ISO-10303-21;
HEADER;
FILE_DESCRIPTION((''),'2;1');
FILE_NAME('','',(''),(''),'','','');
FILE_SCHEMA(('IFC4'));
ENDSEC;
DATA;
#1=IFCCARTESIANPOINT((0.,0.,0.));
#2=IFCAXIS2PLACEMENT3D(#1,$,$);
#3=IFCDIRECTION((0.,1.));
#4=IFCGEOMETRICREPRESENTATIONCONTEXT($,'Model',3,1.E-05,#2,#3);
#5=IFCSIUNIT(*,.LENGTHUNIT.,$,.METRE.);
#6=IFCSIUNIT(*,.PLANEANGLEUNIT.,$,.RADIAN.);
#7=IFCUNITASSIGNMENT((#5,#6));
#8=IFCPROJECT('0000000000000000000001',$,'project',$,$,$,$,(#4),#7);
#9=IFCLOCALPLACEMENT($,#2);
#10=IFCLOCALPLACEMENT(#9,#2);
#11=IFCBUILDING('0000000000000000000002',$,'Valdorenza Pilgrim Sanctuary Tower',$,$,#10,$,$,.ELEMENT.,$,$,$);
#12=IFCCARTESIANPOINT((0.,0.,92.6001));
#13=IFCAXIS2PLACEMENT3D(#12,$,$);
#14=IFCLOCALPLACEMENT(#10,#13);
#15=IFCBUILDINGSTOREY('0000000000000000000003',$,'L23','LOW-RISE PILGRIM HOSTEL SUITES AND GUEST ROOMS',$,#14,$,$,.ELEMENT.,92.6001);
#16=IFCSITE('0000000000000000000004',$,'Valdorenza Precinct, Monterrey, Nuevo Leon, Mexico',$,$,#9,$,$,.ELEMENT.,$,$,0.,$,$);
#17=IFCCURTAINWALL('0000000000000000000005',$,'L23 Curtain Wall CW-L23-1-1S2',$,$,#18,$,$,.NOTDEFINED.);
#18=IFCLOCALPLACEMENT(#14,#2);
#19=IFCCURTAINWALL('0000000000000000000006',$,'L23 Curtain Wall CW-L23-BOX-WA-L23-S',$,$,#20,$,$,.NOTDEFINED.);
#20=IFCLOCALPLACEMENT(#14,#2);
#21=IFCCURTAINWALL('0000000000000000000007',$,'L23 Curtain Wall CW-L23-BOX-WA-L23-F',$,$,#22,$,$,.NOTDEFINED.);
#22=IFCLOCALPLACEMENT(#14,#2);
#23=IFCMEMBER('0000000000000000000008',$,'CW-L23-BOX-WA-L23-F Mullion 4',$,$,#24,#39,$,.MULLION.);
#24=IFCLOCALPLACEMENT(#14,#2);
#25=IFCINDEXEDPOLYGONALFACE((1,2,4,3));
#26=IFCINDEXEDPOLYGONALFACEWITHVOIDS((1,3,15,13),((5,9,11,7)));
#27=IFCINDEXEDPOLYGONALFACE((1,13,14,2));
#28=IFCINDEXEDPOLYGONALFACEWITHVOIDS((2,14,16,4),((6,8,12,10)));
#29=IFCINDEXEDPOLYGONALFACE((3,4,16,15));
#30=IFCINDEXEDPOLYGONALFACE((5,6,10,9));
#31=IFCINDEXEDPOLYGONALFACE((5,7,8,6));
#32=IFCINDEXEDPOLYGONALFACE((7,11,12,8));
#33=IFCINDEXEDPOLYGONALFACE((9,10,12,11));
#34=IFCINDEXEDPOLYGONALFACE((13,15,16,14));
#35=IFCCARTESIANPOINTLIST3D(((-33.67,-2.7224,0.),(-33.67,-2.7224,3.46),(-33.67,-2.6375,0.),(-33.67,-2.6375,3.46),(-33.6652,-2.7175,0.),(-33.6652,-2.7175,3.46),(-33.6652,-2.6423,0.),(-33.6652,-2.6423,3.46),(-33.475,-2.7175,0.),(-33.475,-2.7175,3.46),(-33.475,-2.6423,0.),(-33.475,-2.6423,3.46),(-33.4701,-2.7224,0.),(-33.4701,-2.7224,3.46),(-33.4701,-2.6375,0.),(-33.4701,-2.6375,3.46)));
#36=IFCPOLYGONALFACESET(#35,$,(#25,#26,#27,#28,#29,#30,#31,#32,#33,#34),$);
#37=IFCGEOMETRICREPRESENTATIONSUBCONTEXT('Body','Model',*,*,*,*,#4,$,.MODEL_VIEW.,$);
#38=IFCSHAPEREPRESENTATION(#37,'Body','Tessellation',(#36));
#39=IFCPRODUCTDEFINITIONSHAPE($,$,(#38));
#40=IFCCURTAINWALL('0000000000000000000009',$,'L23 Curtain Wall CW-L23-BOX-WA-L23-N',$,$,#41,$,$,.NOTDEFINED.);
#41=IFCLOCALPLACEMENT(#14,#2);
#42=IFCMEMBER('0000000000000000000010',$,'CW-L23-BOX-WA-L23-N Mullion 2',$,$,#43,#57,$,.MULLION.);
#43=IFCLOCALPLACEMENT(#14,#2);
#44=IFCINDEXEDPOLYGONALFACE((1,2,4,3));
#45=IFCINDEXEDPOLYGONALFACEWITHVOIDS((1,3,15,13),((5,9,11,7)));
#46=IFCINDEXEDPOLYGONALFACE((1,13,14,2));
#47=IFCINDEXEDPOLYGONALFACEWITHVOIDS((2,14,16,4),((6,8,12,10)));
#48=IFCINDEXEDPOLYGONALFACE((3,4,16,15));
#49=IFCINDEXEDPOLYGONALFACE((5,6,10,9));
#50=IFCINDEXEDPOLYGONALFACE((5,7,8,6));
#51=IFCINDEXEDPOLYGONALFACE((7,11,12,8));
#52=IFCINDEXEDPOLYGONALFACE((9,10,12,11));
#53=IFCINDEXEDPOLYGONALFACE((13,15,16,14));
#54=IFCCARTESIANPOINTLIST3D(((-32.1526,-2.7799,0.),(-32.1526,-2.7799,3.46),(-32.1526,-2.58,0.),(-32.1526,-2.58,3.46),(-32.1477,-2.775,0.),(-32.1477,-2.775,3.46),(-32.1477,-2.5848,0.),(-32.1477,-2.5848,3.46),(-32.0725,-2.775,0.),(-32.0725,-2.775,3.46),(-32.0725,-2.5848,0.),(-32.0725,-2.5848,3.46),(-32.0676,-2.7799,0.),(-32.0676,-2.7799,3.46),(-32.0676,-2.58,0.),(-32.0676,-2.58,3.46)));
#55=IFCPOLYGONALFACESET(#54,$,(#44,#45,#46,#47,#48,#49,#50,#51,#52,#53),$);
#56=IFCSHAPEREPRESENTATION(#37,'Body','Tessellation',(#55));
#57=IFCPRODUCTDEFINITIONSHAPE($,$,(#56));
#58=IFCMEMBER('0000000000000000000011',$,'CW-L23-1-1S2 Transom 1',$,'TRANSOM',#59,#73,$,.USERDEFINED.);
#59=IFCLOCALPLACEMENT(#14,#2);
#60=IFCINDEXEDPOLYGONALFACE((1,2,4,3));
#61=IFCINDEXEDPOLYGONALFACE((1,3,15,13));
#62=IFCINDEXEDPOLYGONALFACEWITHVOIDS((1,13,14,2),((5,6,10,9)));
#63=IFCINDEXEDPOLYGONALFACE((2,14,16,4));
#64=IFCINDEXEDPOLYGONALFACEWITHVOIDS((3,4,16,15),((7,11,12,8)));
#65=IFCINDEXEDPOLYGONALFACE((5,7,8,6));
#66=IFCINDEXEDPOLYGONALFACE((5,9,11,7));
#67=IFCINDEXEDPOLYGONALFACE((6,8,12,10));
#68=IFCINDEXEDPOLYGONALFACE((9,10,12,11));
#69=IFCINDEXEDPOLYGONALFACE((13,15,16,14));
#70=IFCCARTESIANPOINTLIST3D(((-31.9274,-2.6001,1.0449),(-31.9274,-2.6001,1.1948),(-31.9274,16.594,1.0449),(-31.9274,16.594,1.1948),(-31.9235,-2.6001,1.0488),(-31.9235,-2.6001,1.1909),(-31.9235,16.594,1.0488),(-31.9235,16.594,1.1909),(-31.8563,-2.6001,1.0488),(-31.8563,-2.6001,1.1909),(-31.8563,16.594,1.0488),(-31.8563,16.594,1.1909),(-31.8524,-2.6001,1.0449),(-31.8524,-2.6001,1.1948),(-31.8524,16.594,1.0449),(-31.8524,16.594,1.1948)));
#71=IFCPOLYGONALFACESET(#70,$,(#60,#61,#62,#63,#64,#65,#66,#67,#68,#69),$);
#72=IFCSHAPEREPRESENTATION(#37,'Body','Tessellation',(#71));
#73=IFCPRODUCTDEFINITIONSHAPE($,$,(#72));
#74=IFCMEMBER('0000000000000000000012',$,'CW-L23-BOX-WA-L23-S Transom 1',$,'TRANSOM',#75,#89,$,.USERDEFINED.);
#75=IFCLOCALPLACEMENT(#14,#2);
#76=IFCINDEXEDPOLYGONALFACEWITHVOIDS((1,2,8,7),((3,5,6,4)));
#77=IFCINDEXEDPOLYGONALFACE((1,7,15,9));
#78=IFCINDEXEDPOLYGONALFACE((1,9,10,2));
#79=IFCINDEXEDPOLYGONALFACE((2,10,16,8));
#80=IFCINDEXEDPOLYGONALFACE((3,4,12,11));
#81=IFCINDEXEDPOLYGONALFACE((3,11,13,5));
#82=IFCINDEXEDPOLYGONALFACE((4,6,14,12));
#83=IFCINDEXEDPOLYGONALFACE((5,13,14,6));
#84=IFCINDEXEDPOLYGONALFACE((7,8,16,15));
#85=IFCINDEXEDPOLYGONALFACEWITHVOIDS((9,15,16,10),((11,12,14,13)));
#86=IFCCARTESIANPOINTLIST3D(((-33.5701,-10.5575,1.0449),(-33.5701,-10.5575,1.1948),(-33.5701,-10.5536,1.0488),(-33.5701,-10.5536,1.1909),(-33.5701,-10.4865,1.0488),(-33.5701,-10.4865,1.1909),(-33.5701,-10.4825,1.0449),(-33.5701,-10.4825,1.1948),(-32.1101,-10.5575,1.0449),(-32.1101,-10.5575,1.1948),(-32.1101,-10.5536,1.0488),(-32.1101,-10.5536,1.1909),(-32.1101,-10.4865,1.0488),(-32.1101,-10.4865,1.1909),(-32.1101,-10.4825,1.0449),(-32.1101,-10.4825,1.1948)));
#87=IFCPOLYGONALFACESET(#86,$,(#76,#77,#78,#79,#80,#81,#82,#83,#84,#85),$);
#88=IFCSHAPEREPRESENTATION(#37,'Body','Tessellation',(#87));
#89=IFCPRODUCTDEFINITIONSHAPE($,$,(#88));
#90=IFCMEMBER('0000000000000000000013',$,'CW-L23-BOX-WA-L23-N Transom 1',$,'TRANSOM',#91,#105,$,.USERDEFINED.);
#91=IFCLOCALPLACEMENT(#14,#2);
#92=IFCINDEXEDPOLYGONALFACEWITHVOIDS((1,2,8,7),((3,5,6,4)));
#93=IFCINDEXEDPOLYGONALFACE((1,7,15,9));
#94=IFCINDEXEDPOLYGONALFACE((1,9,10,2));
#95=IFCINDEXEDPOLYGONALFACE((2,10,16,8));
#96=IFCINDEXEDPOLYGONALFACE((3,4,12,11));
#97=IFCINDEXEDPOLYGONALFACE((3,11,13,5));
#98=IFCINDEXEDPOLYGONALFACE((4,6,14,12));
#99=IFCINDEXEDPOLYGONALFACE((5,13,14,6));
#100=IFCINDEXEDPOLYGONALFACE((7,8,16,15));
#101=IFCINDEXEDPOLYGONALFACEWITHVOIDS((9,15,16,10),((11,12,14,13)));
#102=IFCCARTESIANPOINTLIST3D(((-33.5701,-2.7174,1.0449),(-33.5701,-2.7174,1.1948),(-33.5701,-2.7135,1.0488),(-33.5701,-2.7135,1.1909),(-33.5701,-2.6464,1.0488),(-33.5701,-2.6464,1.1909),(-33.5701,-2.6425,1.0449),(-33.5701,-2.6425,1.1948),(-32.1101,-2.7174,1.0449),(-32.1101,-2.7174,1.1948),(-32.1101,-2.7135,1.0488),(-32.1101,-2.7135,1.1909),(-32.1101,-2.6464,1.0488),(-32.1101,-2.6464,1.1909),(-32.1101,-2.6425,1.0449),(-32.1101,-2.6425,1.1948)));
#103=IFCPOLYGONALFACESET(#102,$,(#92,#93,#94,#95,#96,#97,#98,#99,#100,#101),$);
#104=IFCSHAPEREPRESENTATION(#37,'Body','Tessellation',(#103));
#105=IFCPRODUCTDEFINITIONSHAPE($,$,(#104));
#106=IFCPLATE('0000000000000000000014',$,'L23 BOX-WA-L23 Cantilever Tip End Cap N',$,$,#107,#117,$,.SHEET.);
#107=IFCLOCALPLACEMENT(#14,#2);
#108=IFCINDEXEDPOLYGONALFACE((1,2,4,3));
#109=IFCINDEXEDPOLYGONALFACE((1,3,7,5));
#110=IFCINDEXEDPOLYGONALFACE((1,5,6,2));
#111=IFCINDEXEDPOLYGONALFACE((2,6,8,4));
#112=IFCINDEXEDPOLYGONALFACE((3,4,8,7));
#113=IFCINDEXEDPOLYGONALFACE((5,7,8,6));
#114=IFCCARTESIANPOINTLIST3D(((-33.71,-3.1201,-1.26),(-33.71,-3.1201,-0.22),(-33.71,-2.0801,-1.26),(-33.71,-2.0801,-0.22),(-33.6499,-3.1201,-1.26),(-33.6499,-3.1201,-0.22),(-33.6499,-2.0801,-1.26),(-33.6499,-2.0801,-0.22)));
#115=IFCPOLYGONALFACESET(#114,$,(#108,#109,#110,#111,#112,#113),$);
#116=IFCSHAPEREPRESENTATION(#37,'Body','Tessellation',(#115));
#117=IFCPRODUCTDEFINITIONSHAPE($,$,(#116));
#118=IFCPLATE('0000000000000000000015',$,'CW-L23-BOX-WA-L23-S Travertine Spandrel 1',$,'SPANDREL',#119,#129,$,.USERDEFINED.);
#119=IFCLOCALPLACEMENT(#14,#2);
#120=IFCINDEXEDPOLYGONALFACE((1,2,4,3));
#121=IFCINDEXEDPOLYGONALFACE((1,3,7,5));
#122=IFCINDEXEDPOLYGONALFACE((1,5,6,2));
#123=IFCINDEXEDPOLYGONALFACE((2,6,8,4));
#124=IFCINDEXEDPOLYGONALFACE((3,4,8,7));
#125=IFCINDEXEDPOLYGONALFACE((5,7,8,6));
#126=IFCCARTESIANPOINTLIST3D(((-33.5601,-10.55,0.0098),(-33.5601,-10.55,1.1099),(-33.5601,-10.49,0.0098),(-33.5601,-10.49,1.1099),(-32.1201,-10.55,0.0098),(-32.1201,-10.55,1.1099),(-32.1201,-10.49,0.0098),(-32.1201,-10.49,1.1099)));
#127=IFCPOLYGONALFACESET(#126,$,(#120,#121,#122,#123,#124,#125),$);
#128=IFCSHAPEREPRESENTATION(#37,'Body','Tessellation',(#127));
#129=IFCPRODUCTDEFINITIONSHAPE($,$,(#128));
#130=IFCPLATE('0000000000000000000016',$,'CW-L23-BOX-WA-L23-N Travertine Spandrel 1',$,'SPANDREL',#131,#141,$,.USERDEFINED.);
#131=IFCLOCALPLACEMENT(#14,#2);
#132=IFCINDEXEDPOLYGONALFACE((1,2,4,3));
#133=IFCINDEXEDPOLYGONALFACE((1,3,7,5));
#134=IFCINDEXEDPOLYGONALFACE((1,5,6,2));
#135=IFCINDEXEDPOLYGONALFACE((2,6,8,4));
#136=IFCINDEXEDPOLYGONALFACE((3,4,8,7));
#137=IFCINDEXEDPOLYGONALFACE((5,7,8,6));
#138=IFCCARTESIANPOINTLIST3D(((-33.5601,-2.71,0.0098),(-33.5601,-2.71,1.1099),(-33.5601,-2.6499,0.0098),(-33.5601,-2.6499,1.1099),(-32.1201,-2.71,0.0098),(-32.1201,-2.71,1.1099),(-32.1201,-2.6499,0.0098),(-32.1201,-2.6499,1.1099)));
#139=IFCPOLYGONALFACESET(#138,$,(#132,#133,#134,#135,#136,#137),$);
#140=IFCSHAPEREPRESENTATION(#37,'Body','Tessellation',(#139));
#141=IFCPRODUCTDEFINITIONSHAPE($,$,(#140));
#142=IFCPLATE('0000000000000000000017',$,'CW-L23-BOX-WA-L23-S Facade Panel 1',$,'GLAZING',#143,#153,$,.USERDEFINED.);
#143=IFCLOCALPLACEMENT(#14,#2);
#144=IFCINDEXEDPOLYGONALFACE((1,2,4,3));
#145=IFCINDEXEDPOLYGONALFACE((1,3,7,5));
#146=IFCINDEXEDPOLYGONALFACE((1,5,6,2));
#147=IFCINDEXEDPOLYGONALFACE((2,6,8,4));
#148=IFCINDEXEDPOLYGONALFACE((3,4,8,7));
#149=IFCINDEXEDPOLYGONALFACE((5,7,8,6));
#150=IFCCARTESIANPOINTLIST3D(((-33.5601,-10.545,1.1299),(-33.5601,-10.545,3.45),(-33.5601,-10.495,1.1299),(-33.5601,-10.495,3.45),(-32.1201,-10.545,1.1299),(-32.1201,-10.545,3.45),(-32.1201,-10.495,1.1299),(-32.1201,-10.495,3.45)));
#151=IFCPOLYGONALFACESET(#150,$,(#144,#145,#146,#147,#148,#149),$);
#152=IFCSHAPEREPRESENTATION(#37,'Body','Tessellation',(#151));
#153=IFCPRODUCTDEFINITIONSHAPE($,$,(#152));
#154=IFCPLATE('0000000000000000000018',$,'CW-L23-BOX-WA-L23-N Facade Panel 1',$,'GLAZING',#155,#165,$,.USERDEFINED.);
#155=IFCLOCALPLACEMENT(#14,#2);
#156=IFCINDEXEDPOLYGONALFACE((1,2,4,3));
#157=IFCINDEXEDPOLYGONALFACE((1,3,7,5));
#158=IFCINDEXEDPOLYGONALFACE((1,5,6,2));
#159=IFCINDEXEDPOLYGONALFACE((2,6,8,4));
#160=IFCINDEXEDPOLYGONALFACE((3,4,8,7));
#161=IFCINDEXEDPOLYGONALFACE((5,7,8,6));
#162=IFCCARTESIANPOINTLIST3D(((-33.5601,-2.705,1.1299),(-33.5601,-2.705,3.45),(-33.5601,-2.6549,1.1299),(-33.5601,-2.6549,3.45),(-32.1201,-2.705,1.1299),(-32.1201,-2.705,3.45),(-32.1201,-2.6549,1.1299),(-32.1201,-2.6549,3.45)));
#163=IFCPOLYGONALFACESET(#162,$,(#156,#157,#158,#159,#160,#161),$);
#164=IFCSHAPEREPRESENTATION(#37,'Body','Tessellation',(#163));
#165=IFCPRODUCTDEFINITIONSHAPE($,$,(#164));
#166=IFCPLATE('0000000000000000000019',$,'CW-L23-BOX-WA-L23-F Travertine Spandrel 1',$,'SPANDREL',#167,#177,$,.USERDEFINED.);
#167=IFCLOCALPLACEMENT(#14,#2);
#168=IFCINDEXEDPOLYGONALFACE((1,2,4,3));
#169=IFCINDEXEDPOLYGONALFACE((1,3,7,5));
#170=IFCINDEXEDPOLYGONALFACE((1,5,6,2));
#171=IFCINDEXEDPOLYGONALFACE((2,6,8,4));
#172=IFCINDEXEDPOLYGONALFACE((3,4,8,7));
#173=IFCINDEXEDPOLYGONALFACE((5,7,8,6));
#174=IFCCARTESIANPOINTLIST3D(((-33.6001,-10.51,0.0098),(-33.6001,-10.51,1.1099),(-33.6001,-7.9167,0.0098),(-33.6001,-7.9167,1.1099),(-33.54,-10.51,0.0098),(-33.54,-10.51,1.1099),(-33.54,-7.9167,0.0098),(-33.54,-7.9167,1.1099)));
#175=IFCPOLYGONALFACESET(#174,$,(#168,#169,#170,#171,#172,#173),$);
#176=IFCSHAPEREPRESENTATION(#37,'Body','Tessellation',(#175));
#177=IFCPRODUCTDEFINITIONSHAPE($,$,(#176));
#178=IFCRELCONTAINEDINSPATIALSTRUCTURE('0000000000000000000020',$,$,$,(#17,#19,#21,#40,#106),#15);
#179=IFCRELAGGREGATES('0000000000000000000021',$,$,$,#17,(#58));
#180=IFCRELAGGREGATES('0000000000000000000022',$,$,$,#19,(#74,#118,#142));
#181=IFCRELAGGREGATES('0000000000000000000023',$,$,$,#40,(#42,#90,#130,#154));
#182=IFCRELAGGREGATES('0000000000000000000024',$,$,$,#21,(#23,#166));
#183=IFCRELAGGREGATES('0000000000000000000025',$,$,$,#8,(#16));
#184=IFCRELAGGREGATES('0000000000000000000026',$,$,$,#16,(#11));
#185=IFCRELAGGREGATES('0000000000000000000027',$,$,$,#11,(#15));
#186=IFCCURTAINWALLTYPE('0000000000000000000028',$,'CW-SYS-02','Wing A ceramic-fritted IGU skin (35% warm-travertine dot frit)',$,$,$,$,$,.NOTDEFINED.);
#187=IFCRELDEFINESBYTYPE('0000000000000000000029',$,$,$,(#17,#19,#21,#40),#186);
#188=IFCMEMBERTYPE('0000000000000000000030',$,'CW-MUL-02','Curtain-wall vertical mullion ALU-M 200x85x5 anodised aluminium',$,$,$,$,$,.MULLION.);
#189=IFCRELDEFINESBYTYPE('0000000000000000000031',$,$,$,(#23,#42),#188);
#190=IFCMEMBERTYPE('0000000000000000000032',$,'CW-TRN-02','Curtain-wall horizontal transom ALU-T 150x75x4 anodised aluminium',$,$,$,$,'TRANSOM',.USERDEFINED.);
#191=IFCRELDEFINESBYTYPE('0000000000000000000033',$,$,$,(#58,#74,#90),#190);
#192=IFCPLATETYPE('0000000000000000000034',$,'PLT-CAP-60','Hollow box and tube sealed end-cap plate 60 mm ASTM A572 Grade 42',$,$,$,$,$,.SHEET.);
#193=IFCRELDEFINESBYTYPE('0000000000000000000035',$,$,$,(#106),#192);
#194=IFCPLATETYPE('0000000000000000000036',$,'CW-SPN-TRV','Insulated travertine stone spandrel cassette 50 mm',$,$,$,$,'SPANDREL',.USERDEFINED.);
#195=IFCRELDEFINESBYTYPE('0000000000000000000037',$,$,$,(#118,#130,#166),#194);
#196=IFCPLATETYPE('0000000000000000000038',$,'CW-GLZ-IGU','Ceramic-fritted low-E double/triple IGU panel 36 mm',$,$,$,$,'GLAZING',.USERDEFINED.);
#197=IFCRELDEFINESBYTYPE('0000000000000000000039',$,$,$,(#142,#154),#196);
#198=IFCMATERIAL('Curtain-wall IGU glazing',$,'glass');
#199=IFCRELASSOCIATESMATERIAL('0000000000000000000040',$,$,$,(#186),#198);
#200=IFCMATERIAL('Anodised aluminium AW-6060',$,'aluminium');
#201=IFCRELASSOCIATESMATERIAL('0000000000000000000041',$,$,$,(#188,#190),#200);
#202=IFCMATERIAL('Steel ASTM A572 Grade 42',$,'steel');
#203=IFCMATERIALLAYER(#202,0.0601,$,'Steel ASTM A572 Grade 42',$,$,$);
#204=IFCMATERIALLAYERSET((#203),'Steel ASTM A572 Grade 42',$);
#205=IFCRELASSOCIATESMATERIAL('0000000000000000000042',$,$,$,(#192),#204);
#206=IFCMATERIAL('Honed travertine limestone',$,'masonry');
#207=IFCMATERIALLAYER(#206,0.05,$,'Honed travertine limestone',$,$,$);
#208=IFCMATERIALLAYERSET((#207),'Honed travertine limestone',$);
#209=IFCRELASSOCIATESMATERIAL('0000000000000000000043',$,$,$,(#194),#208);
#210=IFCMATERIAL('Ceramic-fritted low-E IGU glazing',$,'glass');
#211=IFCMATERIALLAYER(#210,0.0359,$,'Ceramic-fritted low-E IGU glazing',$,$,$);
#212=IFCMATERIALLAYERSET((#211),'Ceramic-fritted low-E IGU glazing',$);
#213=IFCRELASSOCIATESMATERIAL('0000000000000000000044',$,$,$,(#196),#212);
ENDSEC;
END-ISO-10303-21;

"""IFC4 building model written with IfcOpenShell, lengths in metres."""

from ifc_helpers import new_model, si_unit, direction, frame, origin, origin_2d, place, context, subcontext, project, spatial, rectangle, hollow_rectangle, extrude, source, transform, mapped, material, layer, layer_set, material_profile, profile_set, type_object, element, aggregate, save


model = new_model("IFC4")

# Units and contexts
model_context = context("Model", 3, precision=1e-05, world=origin(), true_north=direction((0.0, 1.0)))
body_context = subcontext(model_context, "Body", "Model", "MODEL_VIEW")
ifc_project = project(units=[si_unit("LENGTHUNIT", "METRE"), si_unit("PLANEANGLEUNIT", "RADIAN")], contexts=[model_context])

# Site, building, storey
site_placement = place(None, origin())
site = spatial("IfcSite", under=ifc_project, at=site_placement, Name="Valdorenza Precinct, Monterrey, Nuevo Leon, Mexico", CompositionType="ELEMENT", RefElevation=0.0)
building_placement = place(site_placement, origin())
building = spatial("IfcBuilding", under=site, at=building_placement, Name="Valdorenza Pilgrim Sanctuary Tower", CompositionType="ELEMENT")
storey_placement = place(building_placement, frame((0.0, 0.0, 92.6001)))
storey = spatial("IfcBuildingStorey", under=building, at=storey_placement, Name="L23", Description="LOW-RISE PILGRIM HOSTEL SUITES AND GUEST ROOMS", CompositionType="ELEMENT", Elevation=92.6001)

# Shared definitions
ifc_material_1 = material(Name="Steel ASTM A572 Grade 42", Category="steel")

# Curtain walls
ifc_material_2 = material(Name="Curtain-wall IGU glazing", Category="glass")
curtain_wall_type = type_object("IfcCurtainWallType", Name="CW-SYS-02", Description="Wing A ceramic-fritted IGU skin (35% warm-travertine dot frit)", PredefinedType="NOTDEFINED", material=ifc_material_2)
curtain_wall_1_placement = place(storey_placement, origin())
curtain_wall_1 = element("IfcCurtainWall", 1, at=curtain_wall_1_placement, inside=storey, type_object=curtain_wall_type, Name="L23 Curtain Wall CW-L23-1-1S2", PredefinedType="NOTDEFINED")
ifc_material_3 = material(Name="Anodised aluminium AW-6060", Category="aluminium")
ifc_material_profile_1 = material_profile(ifc_material_3, hollow_rectangle(XDim=0.085, YDim=0.2, WallThickness=0.0049, at=origin_2d()), Name="ALU-M 200x85x5")
ifc_profile_set_1 = profile_set([ifc_material_profile_1], Name="Anodised aluminium AW-6060")
member_type_1 = type_object("IfcMemberType", Name="CW-MUL-02", Description="Curtain-wall vertical mullion ALU-M 200x85x5 anodised aluminium", PredefinedType="MULLION", material=ifc_profile_set_1)
shared_shape_1 = source(origin(), body_context, "Body", "SweptSolid", [
    extrude(hollow_rectangle(XDim=0.085, YDim=0.2, WallThickness=0.0049, at=origin_2d()), origin(), (0.0, 0.0, 1.0), 3.46),
])
curtain_wall_2_placement = place(storey_placement, origin())
curtain_wall_2 = element("IfcCurtainWall", 2, at=curtain_wall_2_placement, inside=storey, type_object=curtain_wall_type, Name="L23 Curtain Wall CW-L23-BOX-WA-L23-S", PredefinedType="NOTDEFINED")

# Curtain wall, member
curtain_wall_3_placement = place(storey_placement, origin())
curtain_wall_3 = element("IfcCurtainWall", 3, at=curtain_wall_3_placement, inside=storey, type_object=curtain_wall_type, Name="L23 Curtain Wall CW-L23-BOX-WA-L23-F", PredefinedType="NOTDEFINED")
member_1_placement = place(storey_placement, frame((-33.5701, -2.6799, 0.0), z_axis=(0.0, 0.0, 1.0), x_axis=(0.0, 1.0, 0.0)))
member_1 = element("IfcMember", 4, at=member_1_placement, type_object=member_type_1, Name="CW-L23-BOX-WA-L23-F Mullion 4", PredefinedType="MULLION", context=body_context, shape_type="MappedRepresentation", body=[
    mapped(shared_shape_1, transform((0.0, 0.0, 0.0), x_axis=(1.0, 0.0, 0.0), y_axis=(0.0, 1.0, 0.0), z_axis=(0.0, 0.0, 1.0), scale=1.0)),
])

# Curtain wall, member
curtain_wall_4_placement = place(storey_placement, origin())
curtain_wall_4 = element("IfcCurtainWall", 5, at=curtain_wall_4_placement, inside=storey, type_object=curtain_wall_type, Name="L23 Curtain Wall CW-L23-BOX-WA-L23-N", PredefinedType="NOTDEFINED")
member_2_placement = place(storey_placement, frame((-32.1101, -2.6799, 0.0), z_axis=(0.0, 0.0, 1.0), x_axis=(1.0, 0.0, 0.0)))
member_2 = element("IfcMember", 6, at=member_2_placement, type_object=member_type_1, Name="CW-L23-BOX-WA-L23-N Mullion 2", PredefinedType="MULLION", context=body_context, shape_type="MappedRepresentation", body=[
    mapped(shared_shape_1, transform((0.0, 0.0, 0.0), x_axis=(1.0, 0.0, 0.0), y_axis=(0.0, 1.0, 0.0), z_axis=(0.0, 0.0, 1.0), scale=1.0)),
])

# Members
ifc_material_profile_2 = material_profile(ifc_material_3, hollow_rectangle(XDim=0.075, YDim=0.1499, WallThickness=0.0039, at=origin_2d()), Name="ALU-T 150x75x4")
ifc_profile_set_2 = profile_set([ifc_material_profile_2], Name="Anodised aluminium AW-6060")
member_type_2 = type_object("IfcMemberType", Name="CW-TRN-02", Description="Curtain-wall horizontal transom ALU-T 150x75x4 anodised aluminium", ElementType="TRANSOM", PredefinedType="USERDEFINED", material=ifc_profile_set_2)
shared_shape_2 = source(origin(), body_context, "Body", "SweptSolid", [
    extrude(hollow_rectangle(XDim=0.075, YDim=0.1499, WallThickness=0.0039, at=origin_2d()), origin(), (0.0, 0.0, 1.0), 19.1941),
])
member_3_placement = place(storey_placement, frame((-31.8899, -2.6001, 1.1199), z_axis=(0.0, 1.0, 0.0), x_axis=(-1.0, 0.0, 0.0)))
member_3 = element("IfcMember", 7, at=member_3_placement, type_object=member_type_2, Name="CW-L23-1-1S2 Transom 1", ObjectType="TRANSOM", PredefinedType="USERDEFINED", context=body_context, shape_type="MappedRepresentation", body=[
    mapped(shared_shape_2, transform((0.0, 0.0, 0.0), x_axis=(1.0, 0.0, 0.0), y_axis=(0.0, 1.0, 0.0), z_axis=(0.0, 0.0, 1.0), scale=1.0)),
])
aggregate(curtain_wall_1, [member_3])
shared_shape_3 = source(origin(), body_context, "Body", "SweptSolid", [
    extrude(hollow_rectangle(XDim=0.075, YDim=0.1499, WallThickness=0.0039, at=origin_2d()), origin(), (0.0, 0.0, 1.0), 1.46),
])
member_4_placement = place(storey_placement, frame((-32.1101, -10.52, 1.1199), z_axis=(-1.0, 0.0, 0.0), x_axis=(0.0, -1.0, 0.0)))
member_4 = element("IfcMember", 8, at=member_4_placement, type_object=member_type_2, Name="CW-L23-BOX-WA-L23-S Transom 1", ObjectType="TRANSOM", PredefinedType="USERDEFINED", context=body_context, shape_type="MappedRepresentation", body=[
    mapped(shared_shape_3, transform((0.0, 0.0, 0.0), x_axis=(1.0, 0.0, 0.0), y_axis=(0.0, 1.0, 0.0), z_axis=(0.0, 0.0, 1.0), scale=1.0)),
])
member_5_placement = place(storey_placement, frame((-33.5701, -2.6799, 1.1199), z_axis=(1.0, 0.0, 0.0), x_axis=(0.0, 1.0, 0.0)))
member_5 = element("IfcMember", 9, at=member_5_placement, type_object=member_type_2, Name="CW-L23-BOX-WA-L23-N Transom 1", ObjectType="TRANSOM", PredefinedType="USERDEFINED", context=body_context, shape_type="MappedRepresentation", body=[
    mapped(shared_shape_3, transform((0.0, 0.0, 0.0), x_axis=(1.0, 0.0, 0.0), y_axis=(0.0, 1.0, 0.0), z_axis=(0.0, 0.0, 1.0), scale=1.0)),
])

# Plates
ifc_layer_1 = layer(ifc_material_1, 0.0601, Name="Steel ASTM A572 Grade 42")
ifc_layer_set_1 = layer_set([ifc_layer_1], Name="Steel ASTM A572 Grade 42")
plate_type_1 = type_object("IfcPlateType", Name="PLT-CAP-60", Description="Hollow box and tube sealed end-cap plate 60 mm ASTM A572 Grade 42", PredefinedType="SHEET", material=ifc_layer_set_1)
shared_shape_4 = source(origin(), body_context, "Body", "SweptSolid", [
    extrude(rectangle(XDim=0.0601, YDim=1.04, at=origin_2d()), origin(), (0.0, 0.0, 1.0), 1.04),
])
plate_1_placement = place(storey_placement, frame((-33.6799, -2.6001, -1.26), z_axis=(0.0, 0.0, 1.0), x_axis=(1.0, 0.0, 0.0)))
element("IfcPlate", 10, at=plate_1_placement, inside=storey, type_object=plate_type_1, Name="L23 BOX-WA-L23 Cantilever Tip End Cap N", PredefinedType="SHEET", context=body_context, shape_type="MappedRepresentation", body=[
    mapped(shared_shape_4, transform((0.0, 0.0, 0.0), x_axis=(1.0, 0.0, 0.0), y_axis=(0.0, 1.0, 0.0), z_axis=(0.0, 0.0, 1.0), scale=1.0)),
])
ifc_material_4 = material(Name="Honed travertine limestone", Category="masonry")
ifc_layer_2 = layer(ifc_material_4, 0.05, Name="Honed travertine limestone")
ifc_layer_set_2 = layer_set([ifc_layer_2], Name="Honed travertine limestone")
plate_type_2 = type_object("IfcPlateType", Name="CW-SPN-TRV", Description="Insulated travertine stone spandrel cassette 50 mm", ElementType="SPANDREL", PredefinedType="USERDEFINED", material=ifc_layer_set_2)
shared_shape_5 = source(origin(), body_context, "Body", "SweptSolid", [
    extrude(rectangle(XDim=1.4399, YDim=0.0601, at=origin_2d()), origin(), (0.0, 0.0, 1.0), 1.1001),
])
plate_2_placement = place(storey_placement, frame((-32.8401, -10.52, 0.0098), z_axis=(0.0, 0.0, 1.0), x_axis=(-1.0, 0.0, 0.0)))
plate_2 = element("IfcPlate", 11, at=plate_2_placement, type_object=plate_type_2, Name="CW-L23-BOX-WA-L23-S Travertine Spandrel 1", ObjectType="SPANDREL", PredefinedType="USERDEFINED", context=body_context, shape_type="MappedRepresentation", body=[
    mapped(shared_shape_5, transform((0.0, 0.0, 0.0), x_axis=(1.0, 0.0, 0.0), y_axis=(0.0, 1.0, 0.0), z_axis=(0.0, 0.0, 1.0), scale=1.0)),
])
plate_3_placement = place(storey_placement, frame((-32.8401, -2.6799, 0.0098), z_axis=(0.0, 0.0, 1.0), x_axis=(1.0, 0.0, 0.0)))
plate_3 = element("IfcPlate", 12, at=plate_3_placement, type_object=plate_type_2, Name="CW-L23-BOX-WA-L23-N Travertine Spandrel 1", ObjectType="SPANDREL", PredefinedType="USERDEFINED", context=body_context, shape_type="MappedRepresentation", body=[
    mapped(shared_shape_5, transform((0.0, 0.0, 0.0), x_axis=(1.0, 0.0, 0.0), y_axis=(0.0, 1.0, 0.0), z_axis=(0.0, 0.0, 1.0), scale=1.0)),
])
ifc_material_5 = material(Name="Ceramic-fritted low-E IGU glazing", Category="glass")
ifc_layer_3 = layer(ifc_material_5, 0.0359, Name="Ceramic-fritted low-E IGU glazing")
ifc_layer_set_3 = layer_set([ifc_layer_3], Name="Ceramic-fritted low-E IGU glazing")
plate_type_3 = type_object("IfcPlateType", Name="CW-GLZ-IGU", Description="Ceramic-fritted low-E double/triple IGU panel 36 mm", ElementType="GLAZING", PredefinedType="USERDEFINED", material=ifc_layer_set_3)
shared_shape_6 = source(origin(), body_context, "Body", "SweptSolid", [
    extrude(rectangle(XDim=1.4399, YDim=0.05, at=origin_2d()), origin(), (0.0, 0.0, 1.0), 2.3201),
])
plate_4_placement = place(storey_placement, frame((-32.8401, -10.52, 1.1299), z_axis=(0.0, 0.0, 1.0), x_axis=(-1.0, 0.0, 0.0)))
plate_4 = element("IfcPlate", 13, at=plate_4_placement, type_object=plate_type_3, Name="CW-L23-BOX-WA-L23-S Facade Panel 1", ObjectType="GLAZING", PredefinedType="USERDEFINED", context=body_context, shape_type="MappedRepresentation", body=[
    mapped(shared_shape_6, transform((0.0, 0.0, 0.0), x_axis=(1.0, 0.0, 0.0), y_axis=(0.0, 1.0, 0.0), z_axis=(0.0, 0.0, 1.0), scale=1.0)),
])
aggregate(curtain_wall_2, [member_4, plate_2, plate_4])
plate_5_placement = place(storey_placement, frame((-32.8401, -2.6799, 1.1299), z_axis=(0.0, 0.0, 1.0), x_axis=(1.0, 0.0, 0.0)))
plate_5 = element("IfcPlate", 14, at=plate_5_placement, type_object=plate_type_3, Name="CW-L23-BOX-WA-L23-N Facade Panel 1", ObjectType="GLAZING", PredefinedType="USERDEFINED", context=body_context, shape_type="MappedRepresentation", body=[
    mapped(shared_shape_6, transform((0.0, 0.0, 0.0), x_axis=(1.0, 0.0, 0.0), y_axis=(0.0, 1.0, 0.0), z_axis=(0.0, 0.0, 1.0), scale=1.0)),
])
aggregate(curtain_wall_4, [member_2, member_5, plate_3, plate_5])
shared_shape_7 = source(origin(), body_context, "Body", "SweptSolid", [
    extrude(rectangle(XDim=2.5933, YDim=0.0601, at=origin_2d()), origin(), (0.0, 0.0, 1.0), 1.1001),
])
plate_6_placement = place(storey_placement, frame((-33.5701, -9.2134, 0.0098), z_axis=(0.0, 0.0, 1.0), x_axis=(0.0, 1.0, 0.0)))
plate_6 = element("IfcPlate", 15, at=plate_6_placement, type_object=plate_type_2, Name="CW-L23-BOX-WA-L23-F Travertine Spandrel 1", ObjectType="SPANDREL", PredefinedType="USERDEFINED", context=body_context, shape_type="MappedRepresentation", body=[
    mapped(shared_shape_7, transform((0.0, 0.0, 0.0), x_axis=(1.0, 0.0, 0.0), y_axis=(0.0, 1.0, 0.0), z_axis=(0.0, 0.0, 1.0), scale=1.0)),
])
aggregate(curtain_wall_3, [member_1, plate_6])

save(model, "model.ifc")
